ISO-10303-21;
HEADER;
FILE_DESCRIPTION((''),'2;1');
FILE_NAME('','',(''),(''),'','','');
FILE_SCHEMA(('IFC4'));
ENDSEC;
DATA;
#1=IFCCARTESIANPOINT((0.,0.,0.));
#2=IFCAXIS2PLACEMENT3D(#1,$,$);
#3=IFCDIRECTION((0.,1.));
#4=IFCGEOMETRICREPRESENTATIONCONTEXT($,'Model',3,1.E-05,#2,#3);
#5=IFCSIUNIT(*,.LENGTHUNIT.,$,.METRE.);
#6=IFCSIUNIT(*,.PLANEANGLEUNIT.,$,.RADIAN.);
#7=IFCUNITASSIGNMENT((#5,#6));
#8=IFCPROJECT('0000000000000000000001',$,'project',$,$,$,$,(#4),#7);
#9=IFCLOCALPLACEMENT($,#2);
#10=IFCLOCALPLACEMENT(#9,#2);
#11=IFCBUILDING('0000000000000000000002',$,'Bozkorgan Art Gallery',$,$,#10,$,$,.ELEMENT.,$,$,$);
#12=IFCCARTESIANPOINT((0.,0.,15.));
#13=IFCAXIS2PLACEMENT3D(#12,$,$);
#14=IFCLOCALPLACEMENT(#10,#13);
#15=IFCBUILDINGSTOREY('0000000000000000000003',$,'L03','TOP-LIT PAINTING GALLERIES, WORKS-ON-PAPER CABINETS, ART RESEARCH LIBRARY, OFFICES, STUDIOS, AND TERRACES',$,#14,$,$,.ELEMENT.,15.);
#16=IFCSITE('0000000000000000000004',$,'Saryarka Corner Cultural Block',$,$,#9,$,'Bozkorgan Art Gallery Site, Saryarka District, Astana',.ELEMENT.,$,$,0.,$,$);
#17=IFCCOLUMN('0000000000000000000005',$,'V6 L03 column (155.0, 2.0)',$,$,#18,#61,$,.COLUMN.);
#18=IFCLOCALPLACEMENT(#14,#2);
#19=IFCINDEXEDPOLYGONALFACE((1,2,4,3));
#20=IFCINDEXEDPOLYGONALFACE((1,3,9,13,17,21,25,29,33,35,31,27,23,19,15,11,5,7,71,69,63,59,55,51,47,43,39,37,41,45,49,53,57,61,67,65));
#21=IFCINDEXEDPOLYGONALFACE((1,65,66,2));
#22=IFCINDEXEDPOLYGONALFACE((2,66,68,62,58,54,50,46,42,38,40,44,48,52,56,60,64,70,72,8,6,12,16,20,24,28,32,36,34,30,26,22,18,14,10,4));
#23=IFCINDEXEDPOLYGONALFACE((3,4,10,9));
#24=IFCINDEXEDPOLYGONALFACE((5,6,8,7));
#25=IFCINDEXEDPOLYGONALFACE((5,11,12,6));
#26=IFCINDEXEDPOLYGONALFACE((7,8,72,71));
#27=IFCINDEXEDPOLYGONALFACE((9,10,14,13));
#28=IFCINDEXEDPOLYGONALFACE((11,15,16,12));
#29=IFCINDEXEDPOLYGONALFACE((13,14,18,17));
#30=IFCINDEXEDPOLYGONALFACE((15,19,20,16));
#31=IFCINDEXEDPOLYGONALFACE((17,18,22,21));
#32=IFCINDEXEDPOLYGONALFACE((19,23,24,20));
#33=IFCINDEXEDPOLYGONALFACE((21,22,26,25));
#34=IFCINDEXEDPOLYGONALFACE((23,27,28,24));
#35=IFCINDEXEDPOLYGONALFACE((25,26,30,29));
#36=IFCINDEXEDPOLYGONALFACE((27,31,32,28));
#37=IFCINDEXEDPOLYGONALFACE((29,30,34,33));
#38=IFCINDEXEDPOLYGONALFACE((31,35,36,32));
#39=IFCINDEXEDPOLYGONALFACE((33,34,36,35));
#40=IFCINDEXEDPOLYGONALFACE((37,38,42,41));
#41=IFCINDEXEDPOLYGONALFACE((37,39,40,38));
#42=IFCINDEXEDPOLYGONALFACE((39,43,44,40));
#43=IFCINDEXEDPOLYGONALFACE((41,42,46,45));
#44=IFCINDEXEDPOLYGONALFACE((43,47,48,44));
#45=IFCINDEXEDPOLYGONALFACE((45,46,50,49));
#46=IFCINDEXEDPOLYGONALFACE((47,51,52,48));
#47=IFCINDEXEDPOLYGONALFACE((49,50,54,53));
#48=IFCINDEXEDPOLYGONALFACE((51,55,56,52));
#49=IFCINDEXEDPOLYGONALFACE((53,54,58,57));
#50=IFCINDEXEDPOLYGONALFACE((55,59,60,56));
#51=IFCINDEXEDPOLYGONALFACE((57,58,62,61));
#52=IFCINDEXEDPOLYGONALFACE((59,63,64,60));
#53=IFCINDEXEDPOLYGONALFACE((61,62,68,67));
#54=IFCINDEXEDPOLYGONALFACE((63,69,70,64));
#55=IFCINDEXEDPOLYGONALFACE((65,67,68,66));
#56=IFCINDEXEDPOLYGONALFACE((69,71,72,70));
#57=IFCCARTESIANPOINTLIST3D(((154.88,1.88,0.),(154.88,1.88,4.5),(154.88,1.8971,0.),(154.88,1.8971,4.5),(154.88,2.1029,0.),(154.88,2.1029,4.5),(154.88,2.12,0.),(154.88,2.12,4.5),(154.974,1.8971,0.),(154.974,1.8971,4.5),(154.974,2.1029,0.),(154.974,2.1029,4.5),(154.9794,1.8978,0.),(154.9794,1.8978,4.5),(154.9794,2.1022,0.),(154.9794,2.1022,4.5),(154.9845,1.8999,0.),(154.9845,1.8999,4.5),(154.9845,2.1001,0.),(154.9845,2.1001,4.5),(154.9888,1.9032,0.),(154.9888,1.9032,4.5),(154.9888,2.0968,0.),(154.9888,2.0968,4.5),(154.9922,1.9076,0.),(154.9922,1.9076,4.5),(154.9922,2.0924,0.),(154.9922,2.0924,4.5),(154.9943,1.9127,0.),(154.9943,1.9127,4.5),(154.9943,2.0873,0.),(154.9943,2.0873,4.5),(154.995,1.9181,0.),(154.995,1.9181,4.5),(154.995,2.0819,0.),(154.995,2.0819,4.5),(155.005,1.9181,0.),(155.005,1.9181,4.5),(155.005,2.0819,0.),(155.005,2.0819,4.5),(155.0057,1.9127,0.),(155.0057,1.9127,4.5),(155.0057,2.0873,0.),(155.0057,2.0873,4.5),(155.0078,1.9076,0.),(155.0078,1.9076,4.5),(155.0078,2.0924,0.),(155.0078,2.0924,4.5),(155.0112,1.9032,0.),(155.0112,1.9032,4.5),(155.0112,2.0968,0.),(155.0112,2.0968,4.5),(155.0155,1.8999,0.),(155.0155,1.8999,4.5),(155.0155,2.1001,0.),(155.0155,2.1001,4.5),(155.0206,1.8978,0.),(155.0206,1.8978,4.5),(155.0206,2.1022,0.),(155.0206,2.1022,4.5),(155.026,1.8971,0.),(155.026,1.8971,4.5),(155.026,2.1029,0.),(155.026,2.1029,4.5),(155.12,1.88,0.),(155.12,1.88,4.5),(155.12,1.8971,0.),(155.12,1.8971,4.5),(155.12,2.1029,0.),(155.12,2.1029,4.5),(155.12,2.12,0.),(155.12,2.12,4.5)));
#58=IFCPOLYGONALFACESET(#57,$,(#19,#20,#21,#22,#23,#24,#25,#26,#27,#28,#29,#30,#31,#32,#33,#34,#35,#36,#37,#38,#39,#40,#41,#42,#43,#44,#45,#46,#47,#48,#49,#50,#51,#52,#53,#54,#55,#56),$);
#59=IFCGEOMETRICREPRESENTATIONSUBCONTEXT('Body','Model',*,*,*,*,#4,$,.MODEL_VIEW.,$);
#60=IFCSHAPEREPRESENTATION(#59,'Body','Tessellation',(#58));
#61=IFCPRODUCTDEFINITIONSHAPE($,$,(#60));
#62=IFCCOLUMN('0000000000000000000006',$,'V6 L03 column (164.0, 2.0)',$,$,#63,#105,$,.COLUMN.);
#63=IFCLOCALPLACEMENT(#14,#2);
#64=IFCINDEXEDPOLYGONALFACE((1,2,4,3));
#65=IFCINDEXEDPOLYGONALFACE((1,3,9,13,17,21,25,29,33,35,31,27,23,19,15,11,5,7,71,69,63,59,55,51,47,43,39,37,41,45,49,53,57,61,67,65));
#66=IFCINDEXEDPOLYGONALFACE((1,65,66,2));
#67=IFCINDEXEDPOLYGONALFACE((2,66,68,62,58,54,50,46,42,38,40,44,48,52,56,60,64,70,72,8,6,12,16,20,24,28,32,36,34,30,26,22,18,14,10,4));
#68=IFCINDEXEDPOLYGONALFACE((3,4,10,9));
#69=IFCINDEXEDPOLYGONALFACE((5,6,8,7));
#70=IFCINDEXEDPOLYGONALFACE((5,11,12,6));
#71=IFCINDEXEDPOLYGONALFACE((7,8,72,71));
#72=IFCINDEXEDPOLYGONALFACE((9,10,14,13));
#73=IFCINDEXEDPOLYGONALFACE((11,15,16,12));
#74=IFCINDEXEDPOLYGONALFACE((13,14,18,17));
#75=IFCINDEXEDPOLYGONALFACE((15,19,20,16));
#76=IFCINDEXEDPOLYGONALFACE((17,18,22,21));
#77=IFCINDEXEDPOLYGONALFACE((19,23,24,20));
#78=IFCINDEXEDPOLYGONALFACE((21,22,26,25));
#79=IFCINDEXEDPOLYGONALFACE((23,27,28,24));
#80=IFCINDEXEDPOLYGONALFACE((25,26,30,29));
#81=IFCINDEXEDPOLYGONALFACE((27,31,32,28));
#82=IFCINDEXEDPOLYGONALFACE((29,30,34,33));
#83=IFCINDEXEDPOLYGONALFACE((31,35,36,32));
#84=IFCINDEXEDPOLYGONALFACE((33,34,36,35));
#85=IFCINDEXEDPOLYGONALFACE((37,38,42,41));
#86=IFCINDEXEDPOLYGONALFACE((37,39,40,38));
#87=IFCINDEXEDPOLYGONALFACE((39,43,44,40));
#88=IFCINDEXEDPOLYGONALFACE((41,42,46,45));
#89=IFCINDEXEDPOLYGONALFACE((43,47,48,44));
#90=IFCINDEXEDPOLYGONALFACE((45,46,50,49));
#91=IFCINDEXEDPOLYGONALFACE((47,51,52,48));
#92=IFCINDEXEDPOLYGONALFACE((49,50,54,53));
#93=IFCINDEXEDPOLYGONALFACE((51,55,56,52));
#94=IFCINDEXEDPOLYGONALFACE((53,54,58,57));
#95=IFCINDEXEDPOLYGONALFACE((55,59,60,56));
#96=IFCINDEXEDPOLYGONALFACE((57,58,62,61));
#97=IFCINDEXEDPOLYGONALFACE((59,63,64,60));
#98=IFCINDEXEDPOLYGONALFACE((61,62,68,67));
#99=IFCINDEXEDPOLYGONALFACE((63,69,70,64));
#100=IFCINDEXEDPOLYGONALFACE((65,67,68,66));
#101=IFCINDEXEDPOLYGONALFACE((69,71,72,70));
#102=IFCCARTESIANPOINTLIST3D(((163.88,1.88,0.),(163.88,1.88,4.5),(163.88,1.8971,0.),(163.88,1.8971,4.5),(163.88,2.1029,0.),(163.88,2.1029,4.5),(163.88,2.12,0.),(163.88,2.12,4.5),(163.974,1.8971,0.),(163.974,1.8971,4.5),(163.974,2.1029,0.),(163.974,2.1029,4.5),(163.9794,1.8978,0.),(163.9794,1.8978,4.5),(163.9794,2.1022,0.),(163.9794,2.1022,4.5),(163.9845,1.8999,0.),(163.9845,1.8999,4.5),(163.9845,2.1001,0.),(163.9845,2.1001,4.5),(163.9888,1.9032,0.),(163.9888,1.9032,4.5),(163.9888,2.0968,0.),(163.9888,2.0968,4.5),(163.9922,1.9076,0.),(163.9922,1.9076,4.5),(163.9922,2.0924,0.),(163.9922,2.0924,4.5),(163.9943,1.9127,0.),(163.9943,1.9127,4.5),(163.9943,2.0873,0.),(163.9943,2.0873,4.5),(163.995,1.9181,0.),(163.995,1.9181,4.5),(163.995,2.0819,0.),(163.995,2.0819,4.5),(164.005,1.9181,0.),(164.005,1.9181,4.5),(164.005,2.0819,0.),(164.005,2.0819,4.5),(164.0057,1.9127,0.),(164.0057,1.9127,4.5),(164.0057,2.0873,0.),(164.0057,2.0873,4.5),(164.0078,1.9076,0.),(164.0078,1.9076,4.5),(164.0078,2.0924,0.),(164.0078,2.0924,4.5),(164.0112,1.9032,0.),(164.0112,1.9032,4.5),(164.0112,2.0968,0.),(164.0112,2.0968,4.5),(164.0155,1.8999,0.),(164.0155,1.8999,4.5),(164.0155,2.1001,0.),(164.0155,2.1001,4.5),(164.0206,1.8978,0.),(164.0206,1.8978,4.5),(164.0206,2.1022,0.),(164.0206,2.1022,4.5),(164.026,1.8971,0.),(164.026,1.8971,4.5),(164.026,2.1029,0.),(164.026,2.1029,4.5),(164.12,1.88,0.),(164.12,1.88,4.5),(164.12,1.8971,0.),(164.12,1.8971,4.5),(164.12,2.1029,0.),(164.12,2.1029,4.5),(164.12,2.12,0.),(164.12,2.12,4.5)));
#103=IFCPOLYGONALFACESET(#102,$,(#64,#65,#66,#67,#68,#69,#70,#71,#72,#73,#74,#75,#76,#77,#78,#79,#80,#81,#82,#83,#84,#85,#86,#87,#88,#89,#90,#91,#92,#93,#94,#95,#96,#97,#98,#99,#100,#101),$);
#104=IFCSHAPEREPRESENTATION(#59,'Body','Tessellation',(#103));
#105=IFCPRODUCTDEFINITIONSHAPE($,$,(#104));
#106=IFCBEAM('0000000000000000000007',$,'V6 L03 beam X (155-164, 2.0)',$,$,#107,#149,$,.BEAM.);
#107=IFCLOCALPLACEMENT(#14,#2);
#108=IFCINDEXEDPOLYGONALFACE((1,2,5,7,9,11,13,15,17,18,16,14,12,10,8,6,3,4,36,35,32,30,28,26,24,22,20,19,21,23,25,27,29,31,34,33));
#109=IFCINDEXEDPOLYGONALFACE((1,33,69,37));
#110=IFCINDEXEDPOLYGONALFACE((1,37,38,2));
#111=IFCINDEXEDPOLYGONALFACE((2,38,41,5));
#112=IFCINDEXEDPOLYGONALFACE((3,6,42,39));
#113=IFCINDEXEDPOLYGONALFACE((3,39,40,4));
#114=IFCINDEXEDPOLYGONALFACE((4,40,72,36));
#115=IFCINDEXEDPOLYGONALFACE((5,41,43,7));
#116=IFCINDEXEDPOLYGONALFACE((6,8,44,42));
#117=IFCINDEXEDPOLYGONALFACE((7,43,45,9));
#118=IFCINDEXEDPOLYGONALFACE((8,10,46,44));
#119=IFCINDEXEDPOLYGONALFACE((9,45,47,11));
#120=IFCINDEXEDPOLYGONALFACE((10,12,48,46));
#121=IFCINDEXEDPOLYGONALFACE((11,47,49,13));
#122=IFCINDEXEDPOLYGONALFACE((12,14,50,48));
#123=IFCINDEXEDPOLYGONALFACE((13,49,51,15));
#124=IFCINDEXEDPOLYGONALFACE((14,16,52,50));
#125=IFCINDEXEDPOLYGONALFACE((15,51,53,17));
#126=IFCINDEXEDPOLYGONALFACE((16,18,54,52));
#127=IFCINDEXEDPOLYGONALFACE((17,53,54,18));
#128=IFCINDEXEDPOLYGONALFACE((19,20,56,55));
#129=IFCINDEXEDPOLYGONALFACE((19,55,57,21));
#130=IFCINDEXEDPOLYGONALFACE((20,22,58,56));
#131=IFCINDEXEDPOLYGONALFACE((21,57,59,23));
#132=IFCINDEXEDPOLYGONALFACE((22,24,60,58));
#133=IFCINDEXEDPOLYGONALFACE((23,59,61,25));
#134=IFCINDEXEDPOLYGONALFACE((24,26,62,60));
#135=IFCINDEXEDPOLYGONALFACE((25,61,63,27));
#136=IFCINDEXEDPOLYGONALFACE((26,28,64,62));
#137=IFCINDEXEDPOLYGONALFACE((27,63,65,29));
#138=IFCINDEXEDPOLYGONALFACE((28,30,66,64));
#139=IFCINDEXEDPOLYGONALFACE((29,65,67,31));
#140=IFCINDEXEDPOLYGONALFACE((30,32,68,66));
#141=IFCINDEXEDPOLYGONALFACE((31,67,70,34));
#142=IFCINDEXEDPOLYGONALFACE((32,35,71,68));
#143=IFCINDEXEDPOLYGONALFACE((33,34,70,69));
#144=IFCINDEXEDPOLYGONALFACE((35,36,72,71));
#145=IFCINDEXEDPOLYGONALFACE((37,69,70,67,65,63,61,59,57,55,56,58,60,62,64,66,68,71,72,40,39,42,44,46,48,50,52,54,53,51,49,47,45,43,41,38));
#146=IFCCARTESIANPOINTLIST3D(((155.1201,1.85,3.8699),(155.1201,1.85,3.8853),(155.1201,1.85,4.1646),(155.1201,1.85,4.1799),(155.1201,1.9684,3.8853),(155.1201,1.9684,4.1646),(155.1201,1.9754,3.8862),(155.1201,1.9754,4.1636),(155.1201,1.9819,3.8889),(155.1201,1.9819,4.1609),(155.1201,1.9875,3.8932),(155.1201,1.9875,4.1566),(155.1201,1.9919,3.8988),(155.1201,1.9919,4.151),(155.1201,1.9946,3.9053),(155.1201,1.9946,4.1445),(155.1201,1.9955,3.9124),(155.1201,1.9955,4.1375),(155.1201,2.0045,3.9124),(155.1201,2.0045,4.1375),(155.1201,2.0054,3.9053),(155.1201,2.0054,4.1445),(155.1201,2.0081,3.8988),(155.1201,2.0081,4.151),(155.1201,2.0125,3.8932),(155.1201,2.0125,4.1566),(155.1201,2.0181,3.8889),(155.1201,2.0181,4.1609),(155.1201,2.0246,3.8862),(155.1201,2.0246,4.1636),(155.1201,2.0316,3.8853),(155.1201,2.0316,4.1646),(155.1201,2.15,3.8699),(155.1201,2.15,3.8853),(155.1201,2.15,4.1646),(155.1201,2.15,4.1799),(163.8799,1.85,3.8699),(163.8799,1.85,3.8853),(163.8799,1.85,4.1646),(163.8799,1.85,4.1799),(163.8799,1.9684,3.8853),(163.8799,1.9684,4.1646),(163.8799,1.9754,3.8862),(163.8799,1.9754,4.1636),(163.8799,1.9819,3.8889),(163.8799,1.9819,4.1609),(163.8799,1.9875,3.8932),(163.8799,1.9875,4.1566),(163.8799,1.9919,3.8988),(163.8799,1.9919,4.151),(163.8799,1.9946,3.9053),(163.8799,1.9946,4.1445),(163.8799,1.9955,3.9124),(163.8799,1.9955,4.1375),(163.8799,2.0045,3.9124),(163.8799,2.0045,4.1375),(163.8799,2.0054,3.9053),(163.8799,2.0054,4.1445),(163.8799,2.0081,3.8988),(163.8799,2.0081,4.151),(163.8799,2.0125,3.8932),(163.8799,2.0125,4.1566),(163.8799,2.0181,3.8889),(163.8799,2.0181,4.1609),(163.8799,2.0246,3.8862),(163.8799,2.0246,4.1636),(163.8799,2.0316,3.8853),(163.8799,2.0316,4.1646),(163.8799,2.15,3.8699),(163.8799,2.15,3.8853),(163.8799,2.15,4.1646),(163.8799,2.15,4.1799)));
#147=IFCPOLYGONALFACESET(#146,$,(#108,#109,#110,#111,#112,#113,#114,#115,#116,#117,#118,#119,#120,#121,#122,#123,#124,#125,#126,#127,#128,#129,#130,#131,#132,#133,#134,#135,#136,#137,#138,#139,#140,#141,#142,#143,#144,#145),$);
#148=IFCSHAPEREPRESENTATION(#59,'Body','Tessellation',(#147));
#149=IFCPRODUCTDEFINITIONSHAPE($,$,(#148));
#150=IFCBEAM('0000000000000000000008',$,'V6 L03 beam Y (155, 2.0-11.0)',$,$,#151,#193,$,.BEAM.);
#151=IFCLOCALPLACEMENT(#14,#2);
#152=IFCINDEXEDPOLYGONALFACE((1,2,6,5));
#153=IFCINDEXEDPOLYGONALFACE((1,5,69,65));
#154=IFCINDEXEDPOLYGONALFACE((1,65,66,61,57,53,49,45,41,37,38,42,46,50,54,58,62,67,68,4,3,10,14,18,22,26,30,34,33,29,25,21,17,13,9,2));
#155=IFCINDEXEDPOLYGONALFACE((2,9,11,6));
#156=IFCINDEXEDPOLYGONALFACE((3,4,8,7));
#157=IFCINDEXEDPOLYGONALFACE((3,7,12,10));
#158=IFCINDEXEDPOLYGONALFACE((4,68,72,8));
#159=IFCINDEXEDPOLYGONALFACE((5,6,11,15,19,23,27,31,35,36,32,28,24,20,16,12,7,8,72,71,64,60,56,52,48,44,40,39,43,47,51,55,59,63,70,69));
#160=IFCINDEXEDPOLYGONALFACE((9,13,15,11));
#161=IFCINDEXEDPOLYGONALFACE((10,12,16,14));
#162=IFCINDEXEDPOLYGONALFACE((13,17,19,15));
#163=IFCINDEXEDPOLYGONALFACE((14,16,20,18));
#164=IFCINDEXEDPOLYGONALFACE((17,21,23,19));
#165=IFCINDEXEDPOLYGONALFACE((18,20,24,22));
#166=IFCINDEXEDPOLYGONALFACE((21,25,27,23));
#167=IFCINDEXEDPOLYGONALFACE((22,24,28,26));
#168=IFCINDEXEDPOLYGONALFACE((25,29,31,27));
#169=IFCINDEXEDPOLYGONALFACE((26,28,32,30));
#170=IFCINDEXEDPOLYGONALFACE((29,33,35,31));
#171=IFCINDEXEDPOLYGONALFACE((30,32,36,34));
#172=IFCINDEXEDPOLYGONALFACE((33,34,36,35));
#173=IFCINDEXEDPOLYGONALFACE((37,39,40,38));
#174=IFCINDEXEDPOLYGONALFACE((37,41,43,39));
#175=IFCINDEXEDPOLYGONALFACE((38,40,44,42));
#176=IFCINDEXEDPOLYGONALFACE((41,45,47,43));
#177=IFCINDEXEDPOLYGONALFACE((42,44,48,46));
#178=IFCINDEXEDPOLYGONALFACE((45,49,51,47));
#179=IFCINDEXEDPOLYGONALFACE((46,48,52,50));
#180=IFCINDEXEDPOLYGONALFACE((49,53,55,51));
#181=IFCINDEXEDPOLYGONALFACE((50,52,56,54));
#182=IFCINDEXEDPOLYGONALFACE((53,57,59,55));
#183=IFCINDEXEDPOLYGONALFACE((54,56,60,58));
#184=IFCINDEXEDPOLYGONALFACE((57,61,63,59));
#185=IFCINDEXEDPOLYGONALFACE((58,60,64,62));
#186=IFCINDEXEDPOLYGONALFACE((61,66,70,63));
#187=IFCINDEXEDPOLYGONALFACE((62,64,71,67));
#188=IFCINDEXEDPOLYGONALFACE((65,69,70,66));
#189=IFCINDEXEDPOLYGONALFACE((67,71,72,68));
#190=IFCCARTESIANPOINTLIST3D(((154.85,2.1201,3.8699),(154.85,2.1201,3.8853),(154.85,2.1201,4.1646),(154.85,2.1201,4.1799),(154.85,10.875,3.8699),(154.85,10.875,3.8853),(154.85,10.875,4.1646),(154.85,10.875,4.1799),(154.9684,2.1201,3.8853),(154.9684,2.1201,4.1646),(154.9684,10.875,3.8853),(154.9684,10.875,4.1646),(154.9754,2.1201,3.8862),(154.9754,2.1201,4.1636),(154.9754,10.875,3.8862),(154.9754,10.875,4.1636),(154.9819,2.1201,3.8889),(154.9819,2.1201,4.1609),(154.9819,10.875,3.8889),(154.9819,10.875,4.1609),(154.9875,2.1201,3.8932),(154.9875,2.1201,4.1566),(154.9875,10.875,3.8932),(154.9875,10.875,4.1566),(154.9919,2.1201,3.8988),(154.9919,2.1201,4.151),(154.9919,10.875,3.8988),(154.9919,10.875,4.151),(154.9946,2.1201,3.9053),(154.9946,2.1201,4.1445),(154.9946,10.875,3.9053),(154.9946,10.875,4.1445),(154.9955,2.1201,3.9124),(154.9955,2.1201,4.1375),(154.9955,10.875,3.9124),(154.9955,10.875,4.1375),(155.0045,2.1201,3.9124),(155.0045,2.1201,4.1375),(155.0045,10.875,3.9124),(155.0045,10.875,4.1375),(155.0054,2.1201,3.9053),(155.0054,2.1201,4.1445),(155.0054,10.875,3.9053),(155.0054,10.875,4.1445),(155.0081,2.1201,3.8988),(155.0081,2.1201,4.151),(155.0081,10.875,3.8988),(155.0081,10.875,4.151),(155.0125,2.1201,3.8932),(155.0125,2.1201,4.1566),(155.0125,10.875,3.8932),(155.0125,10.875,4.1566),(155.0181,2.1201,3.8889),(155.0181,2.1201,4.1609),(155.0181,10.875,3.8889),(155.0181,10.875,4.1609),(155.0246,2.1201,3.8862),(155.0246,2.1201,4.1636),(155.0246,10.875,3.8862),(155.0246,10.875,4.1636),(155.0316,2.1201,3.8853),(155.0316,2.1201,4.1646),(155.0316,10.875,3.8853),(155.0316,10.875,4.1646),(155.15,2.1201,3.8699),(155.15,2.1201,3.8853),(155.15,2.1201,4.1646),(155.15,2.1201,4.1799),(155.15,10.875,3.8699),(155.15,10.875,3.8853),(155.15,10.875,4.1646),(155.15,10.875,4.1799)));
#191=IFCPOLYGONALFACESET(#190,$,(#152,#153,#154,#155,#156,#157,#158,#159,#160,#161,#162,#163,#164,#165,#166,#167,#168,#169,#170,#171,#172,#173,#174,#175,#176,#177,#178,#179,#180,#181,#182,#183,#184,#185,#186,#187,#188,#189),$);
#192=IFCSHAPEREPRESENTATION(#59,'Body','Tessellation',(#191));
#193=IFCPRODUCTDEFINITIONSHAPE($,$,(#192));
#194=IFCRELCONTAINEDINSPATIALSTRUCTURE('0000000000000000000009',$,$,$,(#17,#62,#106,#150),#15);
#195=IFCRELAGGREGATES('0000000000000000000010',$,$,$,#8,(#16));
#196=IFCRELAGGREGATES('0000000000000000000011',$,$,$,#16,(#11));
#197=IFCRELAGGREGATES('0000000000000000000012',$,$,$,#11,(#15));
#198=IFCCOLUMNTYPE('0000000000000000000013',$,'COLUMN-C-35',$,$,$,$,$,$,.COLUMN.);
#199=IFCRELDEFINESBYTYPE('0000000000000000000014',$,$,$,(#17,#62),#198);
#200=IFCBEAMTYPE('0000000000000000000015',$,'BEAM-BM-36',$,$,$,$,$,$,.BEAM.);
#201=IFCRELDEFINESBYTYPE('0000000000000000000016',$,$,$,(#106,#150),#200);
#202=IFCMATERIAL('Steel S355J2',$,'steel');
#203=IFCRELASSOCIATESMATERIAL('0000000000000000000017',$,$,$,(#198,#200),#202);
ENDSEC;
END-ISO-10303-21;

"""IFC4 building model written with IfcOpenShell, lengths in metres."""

from ifc_helpers import new_model, si_unit, direction, frame, origin, origin_2d, place, context, subcontext, project, spatial, i_section, extrude, material, material_profile, profile_set, type_object, element, save


model = new_model("IFC4")

# Units and contexts
model_context = context("Model", 3, precision=1e-05, world=origin(), true_north=direction((0.0, 1.0)))
body_context = subcontext(model_context, "Body", "Model", "MODEL_VIEW")
ifc_project = project(units=[si_unit("LENGTHUNIT", "METRE"), si_unit("PLANEANGLEUNIT", "RADIAN")], contexts=[model_context])

# Site, building, storey
site_placement = place(None, origin())
site = spatial("IfcSite", under=ifc_project, at=site_placement, Name="Saryarka Corner Cultural Block", LongName="Bozkorgan Art Gallery Site, Saryarka District, Astana", CompositionType="ELEMENT", RefElevation=0.0)
building_placement = place(site_placement, origin())
building = spatial("IfcBuilding", under=site, at=building_placement, Name="Bozkorgan Art Gallery", CompositionType="ELEMENT")
storey_placement = place(building_placement, frame((0.0, 0.0, 15.0)))
storey = spatial("IfcBuildingStorey", under=building, at=storey_placement, Name="L03", Description="TOP-LIT PAINTING GALLERIES, WORKS-ON-PAPER CABINETS, ART RESEARCH LIBRARY, OFFICES, STUDIOS, AND TERRACES", CompositionType="ELEMENT", Elevation=15.0)

# Columns
ifc_material_1 = material(Name="Steel S355J2", Category="steel")
ifc_material_profile_1 = material_profile(ifc_material_1, i_section(OverallWidth=0.24, OverallDepth=0.24, WebThickness=0.01, FlangeThickness=0.0171, FilletRadius=0.021, at=origin_2d()), Name="HEB 240")
ifc_profile_set_1 = profile_set([ifc_material_profile_1], Name="Steel S355J2")
column_type = type_object("IfcColumnType", Name="COLUMN-C-35", PredefinedType="COLUMN", material=ifc_profile_set_1)
for number, where, z_axis, x_axis, name in (
    (1, (155.0, 2.0, 0.0), (0.0, 0.0, 1.0), (1.0, 0.0, 0.0), "V6 L03 column (155.0, 2.0)"),
    (2, (164.0, 2.0, 0.0), (0.0, 0.0, 1.0), (1.0, 0.0, 0.0), "V6 L03 column (164.0, 2.0)"),
):
    element("IfcColumn", number, at=place(storey_placement, frame(where, z_axis=z_axis, x_axis=x_axis)), inside=storey, type_object=column_type, Name=name, PredefinedType="COLUMN", context=body_context, shape_type="SweptSolid", body=[
        extrude(i_section(OverallWidth=0.24, OverallDepth=0.24, WebThickness=0.01, FlangeThickness=0.0171, FilletRadius=0.021, at=origin_2d()), origin(), (0.0, 0.0, 1.0), 4.5),
    ])

# Beams
ifc_material_profile_2 = material_profile(ifc_material_1, i_section(OverallWidth=0.3, OverallDepth=0.3101, WebThickness=0.009, FlangeThickness=0.0154, FilletRadius=0.0271, at=origin_2d()), Name="HEA 320")
ifc_profile_set_2 = profile_set([ifc_material_profile_2], Name="Steel S355J2")
beam_type = type_object("IfcBeamType", Name="BEAM-BM-36", PredefinedType="BEAM", material=ifc_profile_set_2)
beam_1_placement = place(storey_placement, frame((155.1201, 2.0, 4.0249), z_axis=(1.0, 0.0, 0.0), x_axis=(0.0, 1.0, 0.0)))
element("IfcBeam", 3, at=beam_1_placement, inside=storey, type_object=beam_type, Name="V6 L03 beam X (155-164, 2.0)", PredefinedType="BEAM", context=body_context, shape_type="SweptSolid", body=[
    extrude(i_section(OverallWidth=0.3, OverallDepth=0.3101, WebThickness=0.009, FlangeThickness=0.0154, FilletRadius=0.0271, at=origin_2d()), origin(), (0.0, 0.0, 1.0), 8.7598),
])
beam_2_placement = place(storey_placement, frame((155.0, 2.1201, 4.0249), z_axis=(0.0, 1.0, 0.0), x_axis=(-1.0, 0.0, 0.0)))
element("IfcBeam", 4, at=beam_2_placement, inside=storey, type_object=beam_type, Name="V6 L03 beam Y (155, 2.0-11.0)", PredefinedType="BEAM", context=body_context, shape_type="SweptSolid", body=[
    extrude(i_section(OverallWidth=0.3, OverallDepth=0.3101, WebThickness=0.009, FlangeThickness=0.0154, FilletRadius=0.0271, at=origin_2d()), origin(), (0.0, 0.0, 1.0), 8.7549),
])

save(model, "model.ifc")
